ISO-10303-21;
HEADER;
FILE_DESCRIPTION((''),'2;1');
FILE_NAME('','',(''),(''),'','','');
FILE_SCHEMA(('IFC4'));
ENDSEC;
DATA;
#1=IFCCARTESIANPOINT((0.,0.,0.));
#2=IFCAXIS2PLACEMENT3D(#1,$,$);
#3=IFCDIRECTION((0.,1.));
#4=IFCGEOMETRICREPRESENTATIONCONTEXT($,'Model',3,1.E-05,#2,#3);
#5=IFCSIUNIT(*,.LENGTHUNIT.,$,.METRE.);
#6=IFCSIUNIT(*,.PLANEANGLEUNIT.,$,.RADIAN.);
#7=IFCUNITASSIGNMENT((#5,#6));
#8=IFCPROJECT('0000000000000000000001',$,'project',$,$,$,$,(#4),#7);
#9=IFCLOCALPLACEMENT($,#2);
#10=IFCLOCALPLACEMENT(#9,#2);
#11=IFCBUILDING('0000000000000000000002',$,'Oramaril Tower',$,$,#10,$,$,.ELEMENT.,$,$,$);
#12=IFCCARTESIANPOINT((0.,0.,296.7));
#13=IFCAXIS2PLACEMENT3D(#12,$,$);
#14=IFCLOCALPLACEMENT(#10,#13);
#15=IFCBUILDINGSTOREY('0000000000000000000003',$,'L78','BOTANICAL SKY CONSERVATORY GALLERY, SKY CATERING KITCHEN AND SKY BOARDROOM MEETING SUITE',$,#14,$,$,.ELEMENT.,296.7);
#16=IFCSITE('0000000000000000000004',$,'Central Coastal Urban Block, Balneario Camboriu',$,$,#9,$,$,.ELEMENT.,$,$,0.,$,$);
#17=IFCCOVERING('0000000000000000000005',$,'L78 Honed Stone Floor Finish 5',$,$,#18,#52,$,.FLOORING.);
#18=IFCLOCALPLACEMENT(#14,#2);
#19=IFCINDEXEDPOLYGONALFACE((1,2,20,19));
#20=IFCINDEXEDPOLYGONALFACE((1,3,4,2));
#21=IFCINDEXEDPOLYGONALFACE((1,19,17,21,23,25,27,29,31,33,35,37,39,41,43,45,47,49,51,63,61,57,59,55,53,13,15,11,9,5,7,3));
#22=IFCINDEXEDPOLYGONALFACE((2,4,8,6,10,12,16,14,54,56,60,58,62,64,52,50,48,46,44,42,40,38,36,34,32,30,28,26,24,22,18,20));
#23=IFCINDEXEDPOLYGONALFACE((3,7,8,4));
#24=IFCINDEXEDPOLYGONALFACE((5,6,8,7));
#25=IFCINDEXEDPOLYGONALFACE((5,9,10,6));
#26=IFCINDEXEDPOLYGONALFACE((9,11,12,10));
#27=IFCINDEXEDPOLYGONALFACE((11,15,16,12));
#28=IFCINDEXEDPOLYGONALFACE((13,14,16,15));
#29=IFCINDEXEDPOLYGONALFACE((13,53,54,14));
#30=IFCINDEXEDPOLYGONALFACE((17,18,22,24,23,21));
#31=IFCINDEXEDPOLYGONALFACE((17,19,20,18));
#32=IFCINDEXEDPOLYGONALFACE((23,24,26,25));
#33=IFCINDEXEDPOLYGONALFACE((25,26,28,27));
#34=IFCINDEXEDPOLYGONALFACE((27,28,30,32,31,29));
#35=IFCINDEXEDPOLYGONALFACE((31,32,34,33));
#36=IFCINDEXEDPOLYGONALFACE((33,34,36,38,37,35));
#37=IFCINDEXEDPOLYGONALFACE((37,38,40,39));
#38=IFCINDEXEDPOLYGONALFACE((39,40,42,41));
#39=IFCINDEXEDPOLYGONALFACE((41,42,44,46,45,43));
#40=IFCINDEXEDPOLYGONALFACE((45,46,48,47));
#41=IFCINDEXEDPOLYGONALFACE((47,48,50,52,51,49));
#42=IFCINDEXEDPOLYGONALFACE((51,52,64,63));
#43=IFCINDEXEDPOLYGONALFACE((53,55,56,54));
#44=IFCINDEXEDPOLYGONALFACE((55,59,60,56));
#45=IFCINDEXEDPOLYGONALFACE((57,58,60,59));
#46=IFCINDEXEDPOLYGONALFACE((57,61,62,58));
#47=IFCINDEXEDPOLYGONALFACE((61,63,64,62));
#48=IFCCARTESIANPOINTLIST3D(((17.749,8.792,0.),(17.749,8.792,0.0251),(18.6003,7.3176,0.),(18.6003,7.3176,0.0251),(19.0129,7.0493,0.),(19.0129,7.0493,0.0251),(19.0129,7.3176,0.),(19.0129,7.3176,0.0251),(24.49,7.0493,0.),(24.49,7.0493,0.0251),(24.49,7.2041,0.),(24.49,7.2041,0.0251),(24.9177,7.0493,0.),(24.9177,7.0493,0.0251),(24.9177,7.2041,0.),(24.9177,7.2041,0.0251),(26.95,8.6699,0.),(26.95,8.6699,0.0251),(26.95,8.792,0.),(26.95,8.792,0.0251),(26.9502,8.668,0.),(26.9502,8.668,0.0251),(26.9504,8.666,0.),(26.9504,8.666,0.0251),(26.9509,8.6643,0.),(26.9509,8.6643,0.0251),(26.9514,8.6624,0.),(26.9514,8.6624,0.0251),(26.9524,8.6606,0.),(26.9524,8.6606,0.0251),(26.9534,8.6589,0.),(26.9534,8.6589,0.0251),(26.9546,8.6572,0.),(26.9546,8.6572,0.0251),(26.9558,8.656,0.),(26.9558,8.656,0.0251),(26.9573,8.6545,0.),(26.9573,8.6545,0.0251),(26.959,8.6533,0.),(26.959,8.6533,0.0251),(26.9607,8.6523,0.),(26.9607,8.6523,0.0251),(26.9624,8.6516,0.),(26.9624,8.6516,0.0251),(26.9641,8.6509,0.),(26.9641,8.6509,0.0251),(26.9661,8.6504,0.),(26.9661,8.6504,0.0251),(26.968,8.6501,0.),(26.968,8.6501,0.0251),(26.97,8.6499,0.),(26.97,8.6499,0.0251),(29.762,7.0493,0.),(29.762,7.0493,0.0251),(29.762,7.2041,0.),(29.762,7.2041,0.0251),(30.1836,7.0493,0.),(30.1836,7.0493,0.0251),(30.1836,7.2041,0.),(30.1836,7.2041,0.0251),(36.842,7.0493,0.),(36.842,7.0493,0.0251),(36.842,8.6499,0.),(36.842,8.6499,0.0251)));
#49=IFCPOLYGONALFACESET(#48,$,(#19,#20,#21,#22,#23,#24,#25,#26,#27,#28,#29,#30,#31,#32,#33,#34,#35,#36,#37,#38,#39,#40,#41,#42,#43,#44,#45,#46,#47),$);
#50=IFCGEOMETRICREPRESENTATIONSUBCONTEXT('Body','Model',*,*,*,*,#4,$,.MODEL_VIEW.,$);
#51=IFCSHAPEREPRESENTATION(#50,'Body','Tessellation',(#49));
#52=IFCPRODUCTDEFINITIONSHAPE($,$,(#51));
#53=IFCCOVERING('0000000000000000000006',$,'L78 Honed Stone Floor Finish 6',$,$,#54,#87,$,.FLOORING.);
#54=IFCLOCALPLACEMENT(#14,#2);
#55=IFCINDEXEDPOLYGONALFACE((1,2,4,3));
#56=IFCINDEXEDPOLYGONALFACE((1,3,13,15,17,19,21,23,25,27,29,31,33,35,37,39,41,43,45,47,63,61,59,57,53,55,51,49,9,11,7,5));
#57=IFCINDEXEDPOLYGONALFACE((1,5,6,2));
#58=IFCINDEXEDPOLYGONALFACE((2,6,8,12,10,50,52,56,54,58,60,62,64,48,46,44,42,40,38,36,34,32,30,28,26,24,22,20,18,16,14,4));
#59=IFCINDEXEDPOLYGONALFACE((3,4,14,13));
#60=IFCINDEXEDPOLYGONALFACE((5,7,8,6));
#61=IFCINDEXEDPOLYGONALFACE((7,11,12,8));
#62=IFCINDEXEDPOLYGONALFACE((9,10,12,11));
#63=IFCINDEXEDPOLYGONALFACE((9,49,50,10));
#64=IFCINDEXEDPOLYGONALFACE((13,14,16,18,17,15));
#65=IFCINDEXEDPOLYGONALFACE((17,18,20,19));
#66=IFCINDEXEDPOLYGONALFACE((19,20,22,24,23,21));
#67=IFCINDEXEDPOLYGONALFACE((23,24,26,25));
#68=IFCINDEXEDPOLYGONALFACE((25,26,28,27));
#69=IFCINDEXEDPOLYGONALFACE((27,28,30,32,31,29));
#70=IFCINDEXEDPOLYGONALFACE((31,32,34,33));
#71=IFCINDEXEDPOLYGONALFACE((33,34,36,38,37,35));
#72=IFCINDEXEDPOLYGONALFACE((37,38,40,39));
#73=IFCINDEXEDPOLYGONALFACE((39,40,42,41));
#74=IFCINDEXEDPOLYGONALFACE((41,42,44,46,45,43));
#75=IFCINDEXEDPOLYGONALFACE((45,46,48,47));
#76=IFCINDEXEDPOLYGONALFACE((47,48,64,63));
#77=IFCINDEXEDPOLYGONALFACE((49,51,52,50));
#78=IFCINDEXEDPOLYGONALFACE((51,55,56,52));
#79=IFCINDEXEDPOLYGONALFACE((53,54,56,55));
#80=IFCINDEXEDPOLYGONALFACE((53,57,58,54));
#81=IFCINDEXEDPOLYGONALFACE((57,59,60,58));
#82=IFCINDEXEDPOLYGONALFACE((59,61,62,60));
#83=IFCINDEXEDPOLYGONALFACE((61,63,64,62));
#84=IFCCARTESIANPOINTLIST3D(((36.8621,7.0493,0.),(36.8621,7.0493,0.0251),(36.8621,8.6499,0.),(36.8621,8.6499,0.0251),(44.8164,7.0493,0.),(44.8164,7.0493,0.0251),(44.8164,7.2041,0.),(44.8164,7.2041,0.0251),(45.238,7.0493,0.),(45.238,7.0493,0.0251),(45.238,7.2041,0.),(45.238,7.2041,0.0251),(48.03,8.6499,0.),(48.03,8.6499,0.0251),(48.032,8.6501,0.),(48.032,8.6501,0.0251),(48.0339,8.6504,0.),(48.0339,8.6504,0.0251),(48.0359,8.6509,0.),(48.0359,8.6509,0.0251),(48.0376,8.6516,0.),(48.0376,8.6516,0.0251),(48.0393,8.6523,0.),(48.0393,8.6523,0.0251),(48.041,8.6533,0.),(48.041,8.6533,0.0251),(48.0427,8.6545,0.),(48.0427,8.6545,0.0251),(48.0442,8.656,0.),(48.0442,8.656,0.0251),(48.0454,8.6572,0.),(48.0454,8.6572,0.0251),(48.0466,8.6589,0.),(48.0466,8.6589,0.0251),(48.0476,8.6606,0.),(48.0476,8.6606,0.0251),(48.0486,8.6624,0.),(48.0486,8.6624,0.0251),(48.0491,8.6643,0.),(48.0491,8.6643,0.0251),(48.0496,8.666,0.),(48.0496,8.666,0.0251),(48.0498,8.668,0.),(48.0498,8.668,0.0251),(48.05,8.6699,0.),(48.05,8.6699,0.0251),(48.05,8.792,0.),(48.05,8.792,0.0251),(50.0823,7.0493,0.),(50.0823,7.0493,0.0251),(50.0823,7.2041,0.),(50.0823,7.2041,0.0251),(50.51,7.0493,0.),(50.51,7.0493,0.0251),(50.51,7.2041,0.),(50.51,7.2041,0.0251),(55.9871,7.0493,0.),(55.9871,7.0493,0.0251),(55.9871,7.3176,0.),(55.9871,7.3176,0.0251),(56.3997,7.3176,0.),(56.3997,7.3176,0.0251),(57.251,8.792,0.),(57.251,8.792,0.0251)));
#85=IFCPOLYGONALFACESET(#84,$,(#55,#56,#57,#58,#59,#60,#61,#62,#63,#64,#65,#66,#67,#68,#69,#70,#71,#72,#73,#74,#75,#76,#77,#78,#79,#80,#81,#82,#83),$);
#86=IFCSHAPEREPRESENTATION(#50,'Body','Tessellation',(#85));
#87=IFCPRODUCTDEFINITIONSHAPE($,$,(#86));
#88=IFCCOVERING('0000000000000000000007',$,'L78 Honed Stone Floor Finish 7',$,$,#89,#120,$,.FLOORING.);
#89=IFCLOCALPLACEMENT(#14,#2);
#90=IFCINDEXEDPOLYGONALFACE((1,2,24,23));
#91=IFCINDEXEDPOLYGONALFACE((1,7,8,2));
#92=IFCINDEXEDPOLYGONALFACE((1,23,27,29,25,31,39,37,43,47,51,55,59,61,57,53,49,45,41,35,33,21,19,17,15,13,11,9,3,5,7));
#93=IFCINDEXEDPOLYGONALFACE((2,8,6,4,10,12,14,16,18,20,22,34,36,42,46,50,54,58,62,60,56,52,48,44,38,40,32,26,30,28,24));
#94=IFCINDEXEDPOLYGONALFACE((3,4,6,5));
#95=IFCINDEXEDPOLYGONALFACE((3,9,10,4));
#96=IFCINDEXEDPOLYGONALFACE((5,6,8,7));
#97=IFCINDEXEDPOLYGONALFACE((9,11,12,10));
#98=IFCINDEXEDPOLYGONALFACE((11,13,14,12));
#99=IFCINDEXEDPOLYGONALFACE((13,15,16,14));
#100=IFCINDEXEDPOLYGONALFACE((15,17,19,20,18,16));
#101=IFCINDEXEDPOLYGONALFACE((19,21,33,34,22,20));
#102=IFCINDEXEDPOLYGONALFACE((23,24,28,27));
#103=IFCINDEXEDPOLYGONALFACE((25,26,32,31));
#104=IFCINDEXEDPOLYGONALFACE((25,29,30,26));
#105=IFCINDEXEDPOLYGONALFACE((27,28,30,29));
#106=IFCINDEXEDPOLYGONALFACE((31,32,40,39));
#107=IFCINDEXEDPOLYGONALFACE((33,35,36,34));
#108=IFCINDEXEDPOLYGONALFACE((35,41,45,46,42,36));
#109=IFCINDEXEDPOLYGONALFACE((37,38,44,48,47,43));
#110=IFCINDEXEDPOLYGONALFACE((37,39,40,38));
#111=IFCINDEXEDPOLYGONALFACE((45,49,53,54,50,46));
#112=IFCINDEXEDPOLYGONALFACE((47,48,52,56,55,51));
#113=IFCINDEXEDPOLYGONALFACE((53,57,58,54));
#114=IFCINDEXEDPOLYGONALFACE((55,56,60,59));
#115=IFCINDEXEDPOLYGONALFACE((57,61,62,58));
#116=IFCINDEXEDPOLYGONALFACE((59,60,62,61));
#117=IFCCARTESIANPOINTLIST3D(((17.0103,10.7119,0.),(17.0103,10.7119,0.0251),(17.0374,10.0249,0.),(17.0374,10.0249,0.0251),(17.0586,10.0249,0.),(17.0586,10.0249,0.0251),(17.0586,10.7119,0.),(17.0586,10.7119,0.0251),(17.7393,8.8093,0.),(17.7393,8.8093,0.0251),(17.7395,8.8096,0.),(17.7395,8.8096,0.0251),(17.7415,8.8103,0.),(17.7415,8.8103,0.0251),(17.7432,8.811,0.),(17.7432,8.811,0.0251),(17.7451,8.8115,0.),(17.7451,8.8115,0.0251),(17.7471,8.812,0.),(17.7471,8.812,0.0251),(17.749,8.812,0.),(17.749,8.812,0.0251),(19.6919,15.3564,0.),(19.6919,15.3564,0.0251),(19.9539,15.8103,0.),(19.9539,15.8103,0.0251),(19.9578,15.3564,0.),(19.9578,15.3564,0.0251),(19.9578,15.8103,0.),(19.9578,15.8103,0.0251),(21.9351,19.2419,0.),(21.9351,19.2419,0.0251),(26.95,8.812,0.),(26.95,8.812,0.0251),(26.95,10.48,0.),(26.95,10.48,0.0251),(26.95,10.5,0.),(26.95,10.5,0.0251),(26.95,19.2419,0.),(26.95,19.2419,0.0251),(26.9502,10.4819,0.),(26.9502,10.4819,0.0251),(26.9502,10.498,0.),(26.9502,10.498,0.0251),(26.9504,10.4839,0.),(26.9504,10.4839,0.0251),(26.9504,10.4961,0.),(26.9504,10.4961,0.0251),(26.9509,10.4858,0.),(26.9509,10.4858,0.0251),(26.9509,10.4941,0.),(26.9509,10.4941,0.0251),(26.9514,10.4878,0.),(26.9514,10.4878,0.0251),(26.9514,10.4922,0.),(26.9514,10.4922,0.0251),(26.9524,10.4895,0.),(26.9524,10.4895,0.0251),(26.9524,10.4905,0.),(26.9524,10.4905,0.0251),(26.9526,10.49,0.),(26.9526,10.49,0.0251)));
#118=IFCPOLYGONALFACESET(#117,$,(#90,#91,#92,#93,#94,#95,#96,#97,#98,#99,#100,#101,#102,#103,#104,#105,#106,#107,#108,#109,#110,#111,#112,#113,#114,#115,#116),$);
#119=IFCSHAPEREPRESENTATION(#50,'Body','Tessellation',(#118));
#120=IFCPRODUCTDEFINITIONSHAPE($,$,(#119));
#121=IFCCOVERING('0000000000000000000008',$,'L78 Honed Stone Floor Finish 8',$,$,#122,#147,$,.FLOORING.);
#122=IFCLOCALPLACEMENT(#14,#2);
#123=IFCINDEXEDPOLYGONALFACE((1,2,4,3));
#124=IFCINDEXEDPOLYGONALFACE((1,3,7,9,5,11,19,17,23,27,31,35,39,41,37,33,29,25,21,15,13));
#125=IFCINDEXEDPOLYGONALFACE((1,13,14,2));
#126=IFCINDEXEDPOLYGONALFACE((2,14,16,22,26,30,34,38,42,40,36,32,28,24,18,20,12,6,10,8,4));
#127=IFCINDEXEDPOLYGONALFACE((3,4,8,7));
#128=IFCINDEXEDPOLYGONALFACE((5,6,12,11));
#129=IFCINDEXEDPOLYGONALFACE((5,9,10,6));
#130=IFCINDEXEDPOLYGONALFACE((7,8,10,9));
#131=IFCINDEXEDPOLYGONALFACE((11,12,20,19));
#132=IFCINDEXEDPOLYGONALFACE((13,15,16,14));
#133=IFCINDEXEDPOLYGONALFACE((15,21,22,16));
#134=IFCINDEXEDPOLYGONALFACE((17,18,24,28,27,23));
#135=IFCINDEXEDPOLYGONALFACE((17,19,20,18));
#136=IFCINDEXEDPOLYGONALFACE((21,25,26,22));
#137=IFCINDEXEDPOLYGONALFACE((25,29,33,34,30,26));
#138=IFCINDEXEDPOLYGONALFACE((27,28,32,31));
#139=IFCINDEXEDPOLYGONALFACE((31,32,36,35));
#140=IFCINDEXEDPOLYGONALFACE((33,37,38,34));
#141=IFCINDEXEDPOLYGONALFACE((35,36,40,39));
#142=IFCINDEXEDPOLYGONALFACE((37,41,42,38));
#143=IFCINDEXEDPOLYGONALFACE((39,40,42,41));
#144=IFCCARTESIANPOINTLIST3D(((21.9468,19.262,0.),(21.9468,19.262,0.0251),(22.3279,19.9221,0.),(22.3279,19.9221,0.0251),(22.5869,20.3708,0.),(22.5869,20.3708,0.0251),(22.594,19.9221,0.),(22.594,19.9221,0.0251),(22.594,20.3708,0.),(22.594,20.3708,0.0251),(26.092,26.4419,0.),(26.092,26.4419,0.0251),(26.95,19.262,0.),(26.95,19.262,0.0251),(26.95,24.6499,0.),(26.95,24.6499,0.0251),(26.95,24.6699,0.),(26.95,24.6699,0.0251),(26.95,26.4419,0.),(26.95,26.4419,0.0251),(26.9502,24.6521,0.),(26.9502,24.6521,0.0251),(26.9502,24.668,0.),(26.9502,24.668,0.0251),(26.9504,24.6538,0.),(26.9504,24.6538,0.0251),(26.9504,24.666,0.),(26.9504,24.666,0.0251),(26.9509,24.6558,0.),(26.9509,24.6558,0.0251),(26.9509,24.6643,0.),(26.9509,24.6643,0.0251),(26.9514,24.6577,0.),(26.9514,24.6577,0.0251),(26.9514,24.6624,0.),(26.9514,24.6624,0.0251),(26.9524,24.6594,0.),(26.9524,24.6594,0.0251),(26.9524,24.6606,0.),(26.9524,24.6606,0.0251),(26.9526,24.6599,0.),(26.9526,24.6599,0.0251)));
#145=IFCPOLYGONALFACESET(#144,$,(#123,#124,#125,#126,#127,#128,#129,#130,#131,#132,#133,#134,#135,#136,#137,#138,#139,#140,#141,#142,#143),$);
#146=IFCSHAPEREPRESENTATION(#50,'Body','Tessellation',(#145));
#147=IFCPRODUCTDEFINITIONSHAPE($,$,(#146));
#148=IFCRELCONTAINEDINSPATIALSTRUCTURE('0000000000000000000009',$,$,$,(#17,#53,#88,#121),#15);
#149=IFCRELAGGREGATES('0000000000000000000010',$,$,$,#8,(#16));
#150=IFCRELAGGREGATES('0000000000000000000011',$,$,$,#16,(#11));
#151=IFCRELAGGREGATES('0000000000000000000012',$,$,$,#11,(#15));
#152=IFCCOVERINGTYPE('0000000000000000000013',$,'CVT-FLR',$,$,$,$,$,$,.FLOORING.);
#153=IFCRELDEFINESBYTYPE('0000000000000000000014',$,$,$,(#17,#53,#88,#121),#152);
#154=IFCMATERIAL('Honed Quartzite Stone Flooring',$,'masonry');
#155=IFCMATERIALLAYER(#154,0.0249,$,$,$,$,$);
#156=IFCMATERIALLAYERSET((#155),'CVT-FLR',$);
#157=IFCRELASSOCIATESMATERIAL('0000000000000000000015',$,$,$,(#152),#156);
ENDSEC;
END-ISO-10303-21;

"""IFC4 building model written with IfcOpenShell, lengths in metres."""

from ifc_helpers import new_model, si_unit, direction, frame, origin, place, context, subcontext, project, spatial, polyline, outline, extrude, material, layer, layer_set, type_object, element, save


model = new_model("IFC4")

# Units and contexts
model_context = context("Model", 3, precision=1e-05, world=origin(), true_north=direction((0.0, 1.0)))
body_context = subcontext(model_context, "Body", "Model", "MODEL_VIEW")
ifc_project = project(units=[si_unit("LENGTHUNIT", "METRE"), si_unit("PLANEANGLEUNIT", "RADIAN")], contexts=[model_context])

# Site, building, storey
site_placement = place(None, origin())
site = spatial("IfcSite", under=ifc_project, at=site_placement, Name="Central Coastal Urban Block, Balneario Camboriu", CompositionType="ELEMENT", RefElevation=0.0)
building_placement = place(site_placement, origin())
building = spatial("IfcBuilding", under=site, at=building_placement, Name="Oramaril Tower", CompositionType="ELEMENT")
storey_placement = place(building_placement, frame((0.0, 0.0, 296.7)))
storey = spatial("IfcBuildingStorey", under=building, at=storey_placement, Name="L78", Description="BOTANICAL SKY CONSERVATORY GALLERY, SKY CATERING KITCHEN AND SKY BOARDROOM MEETING SUITE", CompositionType="ELEMENT", Elevation=296.7)

# Coverings
ifc_material_1 = material(Name="Honed Quartzite Stone Flooring", Category="masonry")
ifc_layer_1 = layer(ifc_material_1, 0.0249)
ifc_layer_set_1 = layer_set([ifc_layer_1], Name="CVT-FLR")
covering_type_1 = type_object("IfcCoveringType", Name="CVT-FLR", PredefinedType="FLOORING", material=ifc_layer_set_1)
covering_1_placement = place(storey_placement, origin())
element("IfcCovering", 1, at=covering_1_placement, inside=storey, type_object=covering_type_1, Name="L78 Honed Stone Floor Finish 5", PredefinedType="FLOORING", context=body_context, shape_type="SweptSolid", body=[
    extrude(outline(polyline([(36.842, 7.0493), (30.1836, 7.0493), (30.1836, 7.2041), (29.762, 7.2041), (29.762, 7.0493), (24.9177, 7.0493), (24.9177, 7.2041), (24.49, 7.2041), (24.49, 7.0493), (19.0129, 7.0493), (19.0129, 7.3176), (18.6003, 7.3176), (17.749, 8.792), (26.95, 8.792), (26.95, 8.6699), (26.9502, 8.668), (26.9504, 8.666), (26.9509, 8.6643), (26.9514, 8.6624), (26.9524, 8.6606), (26.9534, 8.6589), (26.9546, 8.6572), (26.9558, 8.656), (26.9573, 8.6545), (26.959, 8.6533), (26.9607, 8.6523), (26.9624, 8.6516), (26.9641, 8.6509), (26.9661, 8.6504), (26.968, 8.6501), (26.97, 8.6499), (36.842, 8.6499), (36.842, 7.0493)])), origin(), (0.0, 0.0, 1.0), 0.0251),
])
covering_2_placement = place(storey_placement, origin())
element("IfcCovering", 2, at=covering_2_placement, inside=storey, type_object=covering_type_1, Name="L78 Honed Stone Floor Finish 6", PredefinedType="FLOORING", context=body_context, shape_type="SweptSolid", body=[
    extrude(outline(polyline([(50.51, 7.2041), (50.0823, 7.2041), (50.0823, 7.0493), (45.238, 7.0493), (45.238, 7.2041), (44.8164, 7.2041), (44.8164, 7.0493), (36.8621, 7.0493), (36.8621, 8.6499), (48.03, 8.6499), (48.032, 8.6501), (48.0339, 8.6504), (48.0359, 8.6509), (48.0376, 8.6516), (48.0393, 8.6523), (48.041, 8.6533), (48.0427, 8.6545), (48.0442, 8.656), (48.0454, 8.6572), (48.0466, 8.6589), (48.0476, 8.6606), (48.0486, 8.6624), (48.0491, 8.6643), (48.0496, 8.666), (48.0498, 8.668), (48.05, 8.6699), (48.05, 8.792), (57.251, 8.792), (56.3997, 7.3176), (55.9871, 7.3176), (55.9871, 7.0493), (50.51, 7.0493), (50.51, 7.2041)])), origin(), (0.0, 0.0, 1.0), 0.0251),
])
covering_3_placement = place(storey_placement, origin())
element("IfcCovering", 3, at=covering_3_placement, inside=storey, type_object=covering_type_1, Name="L78 Honed Stone Floor Finish 7", PredefinedType="FLOORING", context=body_context, shape_type="SweptSolid", body=[
    extrude(outline(polyline([(17.0374, 10.0249), (17.0586, 10.0249), (17.0586, 10.7119), (17.0103, 10.7119), (19.6919, 15.3564), (19.9578, 15.3564), (19.9578, 15.8103), (19.9539, 15.8103), (21.9351, 19.2419), (26.95, 19.2419), (26.95, 10.5), (26.9502, 10.498), (26.9504, 10.4961), (26.9509, 10.4941), (26.9514, 10.4922), (26.9524, 10.4905), (26.9526, 10.49), (26.9524, 10.4895), (26.9514, 10.4878), (26.9509, 10.4858), (26.9504, 10.4839), (26.9502, 10.4819), (26.95, 10.48), (26.95, 8.812), (17.749, 8.812), (17.7471, 8.812), (17.7451, 8.8115), (17.7432, 8.811), (17.7415, 8.8103), (17.7395, 8.8096), (17.7393, 8.8093), (17.0374, 10.0249)])), origin(), (0.0, 0.0, 1.0), 0.0251),
])
covering_4_placement = place(storey_placement, origin())
element("IfcCovering", 4, at=covering_4_placement, inside=storey, type_object=covering_type_1, Name="L78 Honed Stone Floor Finish 8", PredefinedType="FLOORING", context=body_context, shape_type="SweptSolid", body=[
    extrude(outline(polyline([(22.3279, 19.9221), (22.594, 19.9221), (22.594, 20.3708), (22.5869, 20.3708), (26.092, 26.4419), (26.95, 26.4419), (26.95, 24.6699), (26.9502, 24.668), (26.9504, 24.666), (26.9509, 24.6643), (26.9514, 24.6624), (26.9524, 24.6606), (26.9526, 24.6599), (26.9524, 24.6594), (26.9514, 24.6577), (26.9509, 24.6558), (26.9504, 24.6538), (26.9502, 24.6521), (26.95, 24.6499), (26.95, 19.262), (21.9468, 19.262), (22.3279, 19.9221)])), origin(), (0.0, 0.0, 1.0), 0.0251),
])

save(model, "model.ifc")
